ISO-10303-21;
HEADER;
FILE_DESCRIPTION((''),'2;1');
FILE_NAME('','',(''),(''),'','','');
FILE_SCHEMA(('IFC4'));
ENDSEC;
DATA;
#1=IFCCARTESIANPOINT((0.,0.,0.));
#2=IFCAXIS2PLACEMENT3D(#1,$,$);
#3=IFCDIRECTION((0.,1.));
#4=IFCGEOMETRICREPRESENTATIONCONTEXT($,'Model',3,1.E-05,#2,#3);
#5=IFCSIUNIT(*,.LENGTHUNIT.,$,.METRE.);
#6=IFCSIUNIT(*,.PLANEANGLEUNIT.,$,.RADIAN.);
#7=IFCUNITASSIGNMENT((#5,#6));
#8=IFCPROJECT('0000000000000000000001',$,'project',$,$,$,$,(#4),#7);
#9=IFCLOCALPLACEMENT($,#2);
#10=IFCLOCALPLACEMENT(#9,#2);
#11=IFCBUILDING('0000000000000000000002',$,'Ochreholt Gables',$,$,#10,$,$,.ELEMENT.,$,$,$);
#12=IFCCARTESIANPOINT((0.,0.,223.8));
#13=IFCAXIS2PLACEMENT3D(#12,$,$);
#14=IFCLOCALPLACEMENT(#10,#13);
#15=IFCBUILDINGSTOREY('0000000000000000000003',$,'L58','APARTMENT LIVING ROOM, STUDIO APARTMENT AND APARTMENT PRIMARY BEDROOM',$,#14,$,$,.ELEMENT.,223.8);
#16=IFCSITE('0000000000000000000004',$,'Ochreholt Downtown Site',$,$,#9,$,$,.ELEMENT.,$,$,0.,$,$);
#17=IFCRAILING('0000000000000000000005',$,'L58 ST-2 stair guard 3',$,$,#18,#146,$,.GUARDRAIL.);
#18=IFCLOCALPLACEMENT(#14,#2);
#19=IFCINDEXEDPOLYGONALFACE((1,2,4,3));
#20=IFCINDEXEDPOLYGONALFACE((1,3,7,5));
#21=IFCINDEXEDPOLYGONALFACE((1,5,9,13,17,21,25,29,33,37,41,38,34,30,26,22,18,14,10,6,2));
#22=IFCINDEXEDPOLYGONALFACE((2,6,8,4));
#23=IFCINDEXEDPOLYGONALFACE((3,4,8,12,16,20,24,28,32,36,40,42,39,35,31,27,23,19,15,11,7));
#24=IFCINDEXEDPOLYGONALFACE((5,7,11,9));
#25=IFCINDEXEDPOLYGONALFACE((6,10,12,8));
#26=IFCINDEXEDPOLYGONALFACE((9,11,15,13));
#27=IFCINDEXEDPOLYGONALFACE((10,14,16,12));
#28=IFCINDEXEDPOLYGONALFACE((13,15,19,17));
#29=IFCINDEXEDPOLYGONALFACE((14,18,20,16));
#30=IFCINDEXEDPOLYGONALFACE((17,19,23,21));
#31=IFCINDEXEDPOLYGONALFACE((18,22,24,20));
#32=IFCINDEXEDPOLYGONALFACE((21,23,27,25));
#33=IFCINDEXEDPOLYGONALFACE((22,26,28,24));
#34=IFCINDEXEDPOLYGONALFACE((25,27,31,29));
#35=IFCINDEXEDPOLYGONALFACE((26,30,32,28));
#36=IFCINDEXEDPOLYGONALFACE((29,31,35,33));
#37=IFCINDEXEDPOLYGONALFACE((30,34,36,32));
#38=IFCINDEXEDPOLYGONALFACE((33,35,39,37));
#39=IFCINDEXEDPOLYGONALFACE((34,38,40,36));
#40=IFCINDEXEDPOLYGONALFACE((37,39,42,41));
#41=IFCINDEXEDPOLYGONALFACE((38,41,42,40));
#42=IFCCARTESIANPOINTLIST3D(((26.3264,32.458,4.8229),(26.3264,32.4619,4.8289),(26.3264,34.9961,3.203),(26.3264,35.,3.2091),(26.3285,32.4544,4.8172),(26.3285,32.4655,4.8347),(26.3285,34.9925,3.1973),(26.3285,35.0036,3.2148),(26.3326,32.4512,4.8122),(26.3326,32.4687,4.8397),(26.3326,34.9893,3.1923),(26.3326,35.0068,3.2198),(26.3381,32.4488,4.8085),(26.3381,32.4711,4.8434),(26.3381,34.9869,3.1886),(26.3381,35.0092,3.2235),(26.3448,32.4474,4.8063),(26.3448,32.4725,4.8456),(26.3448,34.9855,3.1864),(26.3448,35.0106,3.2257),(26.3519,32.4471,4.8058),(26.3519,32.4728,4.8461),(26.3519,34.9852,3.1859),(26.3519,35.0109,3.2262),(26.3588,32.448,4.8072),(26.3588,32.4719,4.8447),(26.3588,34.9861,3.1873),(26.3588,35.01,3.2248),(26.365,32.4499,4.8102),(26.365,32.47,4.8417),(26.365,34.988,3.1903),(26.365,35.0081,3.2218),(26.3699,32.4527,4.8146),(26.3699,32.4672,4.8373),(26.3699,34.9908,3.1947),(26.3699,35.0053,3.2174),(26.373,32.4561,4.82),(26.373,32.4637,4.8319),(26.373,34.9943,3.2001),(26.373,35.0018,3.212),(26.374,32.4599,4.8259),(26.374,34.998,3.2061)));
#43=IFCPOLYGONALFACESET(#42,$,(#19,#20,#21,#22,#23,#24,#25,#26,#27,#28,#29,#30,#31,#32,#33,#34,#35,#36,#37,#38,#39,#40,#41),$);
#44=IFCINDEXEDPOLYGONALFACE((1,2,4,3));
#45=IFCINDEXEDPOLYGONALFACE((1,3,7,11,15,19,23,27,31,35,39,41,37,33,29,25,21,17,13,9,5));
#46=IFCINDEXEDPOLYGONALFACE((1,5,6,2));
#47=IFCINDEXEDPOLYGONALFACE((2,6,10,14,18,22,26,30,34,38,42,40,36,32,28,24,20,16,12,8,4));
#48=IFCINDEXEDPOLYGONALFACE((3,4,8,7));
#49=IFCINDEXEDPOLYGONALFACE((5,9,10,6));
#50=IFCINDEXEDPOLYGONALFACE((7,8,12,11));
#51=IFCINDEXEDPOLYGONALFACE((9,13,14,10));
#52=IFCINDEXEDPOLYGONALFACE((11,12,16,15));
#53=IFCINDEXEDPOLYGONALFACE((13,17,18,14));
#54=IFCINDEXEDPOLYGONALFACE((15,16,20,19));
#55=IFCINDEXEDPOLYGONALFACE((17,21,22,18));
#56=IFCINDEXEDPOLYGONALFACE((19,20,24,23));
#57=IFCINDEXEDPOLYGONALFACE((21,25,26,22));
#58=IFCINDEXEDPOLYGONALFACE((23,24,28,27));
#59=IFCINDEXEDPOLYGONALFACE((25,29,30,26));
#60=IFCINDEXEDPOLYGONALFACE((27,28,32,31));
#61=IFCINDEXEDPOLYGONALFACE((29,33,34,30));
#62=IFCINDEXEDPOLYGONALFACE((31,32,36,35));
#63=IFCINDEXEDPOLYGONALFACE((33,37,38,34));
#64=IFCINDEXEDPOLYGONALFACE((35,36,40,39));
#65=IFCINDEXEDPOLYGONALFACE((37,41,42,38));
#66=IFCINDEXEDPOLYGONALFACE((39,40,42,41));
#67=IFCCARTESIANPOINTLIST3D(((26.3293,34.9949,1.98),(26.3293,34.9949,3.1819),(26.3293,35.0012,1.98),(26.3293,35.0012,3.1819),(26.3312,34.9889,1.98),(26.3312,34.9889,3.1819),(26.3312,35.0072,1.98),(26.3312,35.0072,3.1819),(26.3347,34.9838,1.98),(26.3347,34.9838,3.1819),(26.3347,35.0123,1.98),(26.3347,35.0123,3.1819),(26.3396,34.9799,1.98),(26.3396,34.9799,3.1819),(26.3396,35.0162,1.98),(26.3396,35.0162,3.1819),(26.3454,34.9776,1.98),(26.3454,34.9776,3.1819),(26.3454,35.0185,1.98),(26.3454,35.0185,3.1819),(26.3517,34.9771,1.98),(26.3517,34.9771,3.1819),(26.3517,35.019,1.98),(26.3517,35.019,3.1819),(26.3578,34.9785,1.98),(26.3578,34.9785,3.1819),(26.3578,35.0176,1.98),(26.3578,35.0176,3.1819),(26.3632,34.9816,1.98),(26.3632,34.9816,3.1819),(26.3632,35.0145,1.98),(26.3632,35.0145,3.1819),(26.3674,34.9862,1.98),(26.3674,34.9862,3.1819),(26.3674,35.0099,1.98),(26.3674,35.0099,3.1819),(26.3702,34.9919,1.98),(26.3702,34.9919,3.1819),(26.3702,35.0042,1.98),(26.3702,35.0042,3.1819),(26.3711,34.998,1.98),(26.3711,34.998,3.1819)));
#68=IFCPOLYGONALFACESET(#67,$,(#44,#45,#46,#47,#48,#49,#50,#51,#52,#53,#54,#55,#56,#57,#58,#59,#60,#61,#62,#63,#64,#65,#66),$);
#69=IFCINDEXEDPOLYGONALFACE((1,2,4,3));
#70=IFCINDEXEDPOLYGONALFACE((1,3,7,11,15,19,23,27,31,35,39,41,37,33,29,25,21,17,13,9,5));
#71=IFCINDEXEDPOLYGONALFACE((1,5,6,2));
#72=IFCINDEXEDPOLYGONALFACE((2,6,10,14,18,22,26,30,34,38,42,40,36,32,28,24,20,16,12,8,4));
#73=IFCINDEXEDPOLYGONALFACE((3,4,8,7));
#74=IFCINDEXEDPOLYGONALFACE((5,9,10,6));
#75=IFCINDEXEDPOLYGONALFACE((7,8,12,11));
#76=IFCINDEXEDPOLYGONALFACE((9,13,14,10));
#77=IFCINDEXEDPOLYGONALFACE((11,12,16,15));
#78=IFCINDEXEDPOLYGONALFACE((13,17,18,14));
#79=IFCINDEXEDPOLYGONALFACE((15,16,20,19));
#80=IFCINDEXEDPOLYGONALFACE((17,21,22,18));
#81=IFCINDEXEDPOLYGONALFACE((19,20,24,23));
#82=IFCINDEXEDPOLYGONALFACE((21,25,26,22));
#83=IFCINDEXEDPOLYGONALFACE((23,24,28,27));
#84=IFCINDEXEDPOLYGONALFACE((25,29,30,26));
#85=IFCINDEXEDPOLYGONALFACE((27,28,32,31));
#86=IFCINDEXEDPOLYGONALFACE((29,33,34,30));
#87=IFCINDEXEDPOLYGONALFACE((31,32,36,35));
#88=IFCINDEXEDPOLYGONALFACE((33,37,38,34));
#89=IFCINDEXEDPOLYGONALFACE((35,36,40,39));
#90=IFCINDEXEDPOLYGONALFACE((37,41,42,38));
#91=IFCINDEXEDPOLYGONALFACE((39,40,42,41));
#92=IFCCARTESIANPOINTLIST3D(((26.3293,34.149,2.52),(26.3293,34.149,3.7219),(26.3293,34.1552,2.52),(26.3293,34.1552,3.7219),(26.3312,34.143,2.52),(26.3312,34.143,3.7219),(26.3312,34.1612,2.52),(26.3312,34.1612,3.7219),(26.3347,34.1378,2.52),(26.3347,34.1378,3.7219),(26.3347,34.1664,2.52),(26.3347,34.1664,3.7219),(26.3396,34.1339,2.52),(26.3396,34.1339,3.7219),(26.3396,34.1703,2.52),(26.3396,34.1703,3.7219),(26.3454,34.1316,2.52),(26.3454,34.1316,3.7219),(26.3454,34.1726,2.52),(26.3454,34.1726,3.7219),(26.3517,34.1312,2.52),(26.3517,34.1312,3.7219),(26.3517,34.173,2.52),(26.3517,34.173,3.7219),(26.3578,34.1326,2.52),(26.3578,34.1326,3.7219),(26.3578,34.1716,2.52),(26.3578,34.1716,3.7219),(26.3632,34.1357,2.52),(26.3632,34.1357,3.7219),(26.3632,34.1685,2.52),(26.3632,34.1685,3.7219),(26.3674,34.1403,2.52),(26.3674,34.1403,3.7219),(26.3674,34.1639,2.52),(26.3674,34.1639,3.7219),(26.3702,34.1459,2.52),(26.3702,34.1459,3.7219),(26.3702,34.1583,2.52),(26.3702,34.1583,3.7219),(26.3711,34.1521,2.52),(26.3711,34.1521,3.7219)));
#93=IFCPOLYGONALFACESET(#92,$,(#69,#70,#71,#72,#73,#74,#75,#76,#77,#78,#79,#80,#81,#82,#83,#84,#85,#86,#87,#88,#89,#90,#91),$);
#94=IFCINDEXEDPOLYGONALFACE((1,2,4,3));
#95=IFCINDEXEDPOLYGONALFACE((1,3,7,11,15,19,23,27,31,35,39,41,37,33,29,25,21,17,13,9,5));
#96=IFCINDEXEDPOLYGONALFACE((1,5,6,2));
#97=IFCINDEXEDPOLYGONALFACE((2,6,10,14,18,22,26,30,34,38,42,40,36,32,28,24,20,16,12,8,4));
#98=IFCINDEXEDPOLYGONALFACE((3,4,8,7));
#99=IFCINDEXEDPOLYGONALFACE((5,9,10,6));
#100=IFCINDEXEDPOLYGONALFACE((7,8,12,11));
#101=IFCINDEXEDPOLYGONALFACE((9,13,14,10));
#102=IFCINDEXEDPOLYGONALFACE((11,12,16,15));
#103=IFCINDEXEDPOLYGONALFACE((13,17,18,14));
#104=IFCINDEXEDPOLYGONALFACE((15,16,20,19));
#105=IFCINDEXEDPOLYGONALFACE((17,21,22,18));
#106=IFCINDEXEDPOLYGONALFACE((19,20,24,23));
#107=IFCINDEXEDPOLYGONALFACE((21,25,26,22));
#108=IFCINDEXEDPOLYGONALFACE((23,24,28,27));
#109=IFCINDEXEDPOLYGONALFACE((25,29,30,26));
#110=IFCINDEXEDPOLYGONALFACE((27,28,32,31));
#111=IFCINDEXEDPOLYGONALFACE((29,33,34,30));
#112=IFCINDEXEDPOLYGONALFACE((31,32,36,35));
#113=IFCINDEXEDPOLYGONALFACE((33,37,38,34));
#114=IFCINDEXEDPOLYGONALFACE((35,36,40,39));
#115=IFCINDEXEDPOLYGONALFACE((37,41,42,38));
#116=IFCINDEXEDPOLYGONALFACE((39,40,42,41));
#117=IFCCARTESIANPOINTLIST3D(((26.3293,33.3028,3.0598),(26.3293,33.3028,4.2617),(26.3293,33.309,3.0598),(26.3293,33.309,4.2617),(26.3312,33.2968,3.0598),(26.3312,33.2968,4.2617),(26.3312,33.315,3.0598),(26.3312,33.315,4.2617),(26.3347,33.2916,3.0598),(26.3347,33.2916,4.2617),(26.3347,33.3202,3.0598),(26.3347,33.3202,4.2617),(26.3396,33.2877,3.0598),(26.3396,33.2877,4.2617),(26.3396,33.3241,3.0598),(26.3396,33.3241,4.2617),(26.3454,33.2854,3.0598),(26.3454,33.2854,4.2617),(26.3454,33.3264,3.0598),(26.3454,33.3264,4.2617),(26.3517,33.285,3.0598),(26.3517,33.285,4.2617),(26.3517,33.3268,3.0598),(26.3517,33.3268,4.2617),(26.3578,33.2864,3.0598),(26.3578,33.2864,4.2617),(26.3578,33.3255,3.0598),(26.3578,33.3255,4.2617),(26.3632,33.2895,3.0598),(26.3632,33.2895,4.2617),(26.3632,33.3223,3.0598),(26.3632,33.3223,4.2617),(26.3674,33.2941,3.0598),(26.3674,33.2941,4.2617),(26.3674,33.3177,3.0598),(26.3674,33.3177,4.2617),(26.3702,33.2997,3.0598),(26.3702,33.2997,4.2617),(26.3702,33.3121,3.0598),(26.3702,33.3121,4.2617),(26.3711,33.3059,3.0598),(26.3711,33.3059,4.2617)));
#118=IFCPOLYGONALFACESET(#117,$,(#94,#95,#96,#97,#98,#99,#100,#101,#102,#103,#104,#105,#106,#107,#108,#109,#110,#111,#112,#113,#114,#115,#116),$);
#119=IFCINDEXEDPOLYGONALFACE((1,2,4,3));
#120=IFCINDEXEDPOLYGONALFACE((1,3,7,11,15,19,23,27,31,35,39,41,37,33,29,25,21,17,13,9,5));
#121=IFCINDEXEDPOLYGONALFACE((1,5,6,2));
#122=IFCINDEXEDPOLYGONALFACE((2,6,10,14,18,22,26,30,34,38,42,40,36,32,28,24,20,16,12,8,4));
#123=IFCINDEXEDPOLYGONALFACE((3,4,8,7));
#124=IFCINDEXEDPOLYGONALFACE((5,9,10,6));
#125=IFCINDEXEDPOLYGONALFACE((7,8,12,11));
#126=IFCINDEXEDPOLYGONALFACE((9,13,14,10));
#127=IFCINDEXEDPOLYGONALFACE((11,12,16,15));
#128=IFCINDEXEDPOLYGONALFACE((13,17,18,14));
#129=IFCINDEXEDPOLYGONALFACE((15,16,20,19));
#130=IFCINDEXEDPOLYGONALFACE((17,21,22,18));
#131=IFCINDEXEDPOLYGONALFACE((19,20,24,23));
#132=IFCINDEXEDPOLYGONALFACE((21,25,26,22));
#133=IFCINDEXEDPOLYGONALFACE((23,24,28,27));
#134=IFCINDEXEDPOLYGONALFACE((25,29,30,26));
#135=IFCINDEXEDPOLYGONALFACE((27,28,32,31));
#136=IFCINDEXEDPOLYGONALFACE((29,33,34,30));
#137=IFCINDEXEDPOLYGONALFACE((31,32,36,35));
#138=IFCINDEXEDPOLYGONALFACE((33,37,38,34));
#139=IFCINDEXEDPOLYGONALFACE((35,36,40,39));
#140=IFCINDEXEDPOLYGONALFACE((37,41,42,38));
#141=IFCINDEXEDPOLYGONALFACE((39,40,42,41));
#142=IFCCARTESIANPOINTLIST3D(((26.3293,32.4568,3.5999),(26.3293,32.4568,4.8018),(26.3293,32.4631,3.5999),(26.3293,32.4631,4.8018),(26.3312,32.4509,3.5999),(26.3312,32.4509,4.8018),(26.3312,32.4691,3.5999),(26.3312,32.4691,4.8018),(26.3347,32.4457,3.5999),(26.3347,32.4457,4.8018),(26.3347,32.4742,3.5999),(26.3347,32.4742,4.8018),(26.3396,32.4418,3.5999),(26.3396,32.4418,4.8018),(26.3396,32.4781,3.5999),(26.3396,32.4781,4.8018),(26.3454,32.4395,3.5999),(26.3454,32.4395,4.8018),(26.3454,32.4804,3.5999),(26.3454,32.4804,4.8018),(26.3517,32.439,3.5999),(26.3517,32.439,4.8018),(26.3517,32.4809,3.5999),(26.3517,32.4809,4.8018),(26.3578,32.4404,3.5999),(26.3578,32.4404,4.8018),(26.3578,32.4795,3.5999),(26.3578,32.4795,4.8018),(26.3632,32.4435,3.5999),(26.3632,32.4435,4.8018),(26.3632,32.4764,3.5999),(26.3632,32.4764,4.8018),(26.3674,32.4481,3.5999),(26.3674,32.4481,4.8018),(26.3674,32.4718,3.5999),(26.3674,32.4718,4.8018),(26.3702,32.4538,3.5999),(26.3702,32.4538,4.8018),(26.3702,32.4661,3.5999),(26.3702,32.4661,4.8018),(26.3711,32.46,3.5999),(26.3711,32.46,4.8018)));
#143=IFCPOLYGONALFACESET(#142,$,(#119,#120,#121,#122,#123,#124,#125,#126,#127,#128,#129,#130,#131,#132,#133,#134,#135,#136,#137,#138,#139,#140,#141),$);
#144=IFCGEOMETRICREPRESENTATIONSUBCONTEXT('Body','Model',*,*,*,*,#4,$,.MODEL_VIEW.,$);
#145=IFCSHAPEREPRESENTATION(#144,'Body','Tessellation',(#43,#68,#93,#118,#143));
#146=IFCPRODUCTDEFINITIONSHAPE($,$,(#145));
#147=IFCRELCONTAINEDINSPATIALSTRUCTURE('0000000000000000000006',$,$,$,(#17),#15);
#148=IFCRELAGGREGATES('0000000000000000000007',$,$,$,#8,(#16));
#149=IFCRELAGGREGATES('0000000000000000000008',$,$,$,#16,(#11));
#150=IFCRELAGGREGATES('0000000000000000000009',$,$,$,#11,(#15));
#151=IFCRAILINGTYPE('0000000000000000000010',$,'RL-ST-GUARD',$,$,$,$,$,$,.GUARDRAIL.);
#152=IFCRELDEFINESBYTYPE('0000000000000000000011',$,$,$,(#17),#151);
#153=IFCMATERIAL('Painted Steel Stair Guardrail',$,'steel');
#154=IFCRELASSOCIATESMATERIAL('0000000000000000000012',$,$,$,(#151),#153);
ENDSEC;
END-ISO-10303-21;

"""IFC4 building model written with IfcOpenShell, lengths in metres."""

from ifc_helpers import new_model, si_unit, direction, frame, origin, origin_2d, place, context, subcontext, project, spatial, circle, extrude, material, type_object, element, save


model = new_model("IFC4")

# Units and contexts
model_context = context("Model", 3, precision=1e-05, world=origin(), true_north=direction((0.0, 1.0)))
body_context = subcontext(model_context, "Body", "Model", "MODEL_VIEW")
ifc_project = project(units=[si_unit("LENGTHUNIT", "METRE"), si_unit("PLANEANGLEUNIT", "RADIAN")], contexts=[model_context])

# Site, building, storey
site_placement = place(None, origin())
site = spatial("IfcSite", under=ifc_project, at=site_placement, Name="Ochreholt Downtown Site", CompositionType="ELEMENT", RefElevation=0.0)
building_placement = place(site_placement, origin())
building = spatial("IfcBuilding", under=site, at=building_placement, Name="Ochreholt Gables", CompositionType="ELEMENT")
storey_placement = place(building_placement, frame((0.0, 0.0, 223.8)))
storey = spatial("IfcBuildingStorey", under=building, at=storey_placement, Name="L58", Description="APARTMENT LIVING ROOM, STUDIO APARTMENT AND APARTMENT PRIMARY BEDROOM", CompositionType="ELEMENT", Elevation=223.8)

# Railing
ifc_material_1 = material(Name="Painted Steel Stair Guardrail", Category="steel")
railing_type_1 = type_object("IfcRailingType", Name="RL-ST-GUARD", PredefinedType="GUARDRAIL", material=ifc_material_1)
railing_1_placement = place(storey_placement, frame((26.3501, 34.998, 1.98)))
element("IfcRailing", 1, at=railing_1_placement, inside=storey, type_object=railing_type_1, Name="L58 ST-2 stair guard 3", PredefinedType="GUARDRAIL", context=body_context, shape_type="SweptSolid", body=[
    extrude(circle(Radius=0.0239, at=origin_2d()), frame((0.0, 0.0, 1.2261), z_axis=(0.0, -0.84295, 0.537993), x_axis=(1.0, 0.0, 0.0)), (0.0, 0.0, 1.0), 3.011),
    extrude(circle(Radius=0.021, at=origin_2d()), origin(), (0.0, 0.0, 1.0), 1.2019),
    extrude(circle(Radius=0.021, at=origin_2d()), frame((0.0, -0.8459, 0.54)), (0.0, 0.0, 1.0), 1.2019),
    extrude(circle(Radius=0.021, at=origin_2d()), frame((0.0, -1.6921, 1.0798)), (0.0, 0.0, 1.0), 1.2019),
    extrude(circle(Radius=0.021, at=origin_2d()), frame((0.0, -2.5381, 1.6199)), (0.0, 0.0, 1.0), 1.2019),
])

save(model, "model.ifc")
